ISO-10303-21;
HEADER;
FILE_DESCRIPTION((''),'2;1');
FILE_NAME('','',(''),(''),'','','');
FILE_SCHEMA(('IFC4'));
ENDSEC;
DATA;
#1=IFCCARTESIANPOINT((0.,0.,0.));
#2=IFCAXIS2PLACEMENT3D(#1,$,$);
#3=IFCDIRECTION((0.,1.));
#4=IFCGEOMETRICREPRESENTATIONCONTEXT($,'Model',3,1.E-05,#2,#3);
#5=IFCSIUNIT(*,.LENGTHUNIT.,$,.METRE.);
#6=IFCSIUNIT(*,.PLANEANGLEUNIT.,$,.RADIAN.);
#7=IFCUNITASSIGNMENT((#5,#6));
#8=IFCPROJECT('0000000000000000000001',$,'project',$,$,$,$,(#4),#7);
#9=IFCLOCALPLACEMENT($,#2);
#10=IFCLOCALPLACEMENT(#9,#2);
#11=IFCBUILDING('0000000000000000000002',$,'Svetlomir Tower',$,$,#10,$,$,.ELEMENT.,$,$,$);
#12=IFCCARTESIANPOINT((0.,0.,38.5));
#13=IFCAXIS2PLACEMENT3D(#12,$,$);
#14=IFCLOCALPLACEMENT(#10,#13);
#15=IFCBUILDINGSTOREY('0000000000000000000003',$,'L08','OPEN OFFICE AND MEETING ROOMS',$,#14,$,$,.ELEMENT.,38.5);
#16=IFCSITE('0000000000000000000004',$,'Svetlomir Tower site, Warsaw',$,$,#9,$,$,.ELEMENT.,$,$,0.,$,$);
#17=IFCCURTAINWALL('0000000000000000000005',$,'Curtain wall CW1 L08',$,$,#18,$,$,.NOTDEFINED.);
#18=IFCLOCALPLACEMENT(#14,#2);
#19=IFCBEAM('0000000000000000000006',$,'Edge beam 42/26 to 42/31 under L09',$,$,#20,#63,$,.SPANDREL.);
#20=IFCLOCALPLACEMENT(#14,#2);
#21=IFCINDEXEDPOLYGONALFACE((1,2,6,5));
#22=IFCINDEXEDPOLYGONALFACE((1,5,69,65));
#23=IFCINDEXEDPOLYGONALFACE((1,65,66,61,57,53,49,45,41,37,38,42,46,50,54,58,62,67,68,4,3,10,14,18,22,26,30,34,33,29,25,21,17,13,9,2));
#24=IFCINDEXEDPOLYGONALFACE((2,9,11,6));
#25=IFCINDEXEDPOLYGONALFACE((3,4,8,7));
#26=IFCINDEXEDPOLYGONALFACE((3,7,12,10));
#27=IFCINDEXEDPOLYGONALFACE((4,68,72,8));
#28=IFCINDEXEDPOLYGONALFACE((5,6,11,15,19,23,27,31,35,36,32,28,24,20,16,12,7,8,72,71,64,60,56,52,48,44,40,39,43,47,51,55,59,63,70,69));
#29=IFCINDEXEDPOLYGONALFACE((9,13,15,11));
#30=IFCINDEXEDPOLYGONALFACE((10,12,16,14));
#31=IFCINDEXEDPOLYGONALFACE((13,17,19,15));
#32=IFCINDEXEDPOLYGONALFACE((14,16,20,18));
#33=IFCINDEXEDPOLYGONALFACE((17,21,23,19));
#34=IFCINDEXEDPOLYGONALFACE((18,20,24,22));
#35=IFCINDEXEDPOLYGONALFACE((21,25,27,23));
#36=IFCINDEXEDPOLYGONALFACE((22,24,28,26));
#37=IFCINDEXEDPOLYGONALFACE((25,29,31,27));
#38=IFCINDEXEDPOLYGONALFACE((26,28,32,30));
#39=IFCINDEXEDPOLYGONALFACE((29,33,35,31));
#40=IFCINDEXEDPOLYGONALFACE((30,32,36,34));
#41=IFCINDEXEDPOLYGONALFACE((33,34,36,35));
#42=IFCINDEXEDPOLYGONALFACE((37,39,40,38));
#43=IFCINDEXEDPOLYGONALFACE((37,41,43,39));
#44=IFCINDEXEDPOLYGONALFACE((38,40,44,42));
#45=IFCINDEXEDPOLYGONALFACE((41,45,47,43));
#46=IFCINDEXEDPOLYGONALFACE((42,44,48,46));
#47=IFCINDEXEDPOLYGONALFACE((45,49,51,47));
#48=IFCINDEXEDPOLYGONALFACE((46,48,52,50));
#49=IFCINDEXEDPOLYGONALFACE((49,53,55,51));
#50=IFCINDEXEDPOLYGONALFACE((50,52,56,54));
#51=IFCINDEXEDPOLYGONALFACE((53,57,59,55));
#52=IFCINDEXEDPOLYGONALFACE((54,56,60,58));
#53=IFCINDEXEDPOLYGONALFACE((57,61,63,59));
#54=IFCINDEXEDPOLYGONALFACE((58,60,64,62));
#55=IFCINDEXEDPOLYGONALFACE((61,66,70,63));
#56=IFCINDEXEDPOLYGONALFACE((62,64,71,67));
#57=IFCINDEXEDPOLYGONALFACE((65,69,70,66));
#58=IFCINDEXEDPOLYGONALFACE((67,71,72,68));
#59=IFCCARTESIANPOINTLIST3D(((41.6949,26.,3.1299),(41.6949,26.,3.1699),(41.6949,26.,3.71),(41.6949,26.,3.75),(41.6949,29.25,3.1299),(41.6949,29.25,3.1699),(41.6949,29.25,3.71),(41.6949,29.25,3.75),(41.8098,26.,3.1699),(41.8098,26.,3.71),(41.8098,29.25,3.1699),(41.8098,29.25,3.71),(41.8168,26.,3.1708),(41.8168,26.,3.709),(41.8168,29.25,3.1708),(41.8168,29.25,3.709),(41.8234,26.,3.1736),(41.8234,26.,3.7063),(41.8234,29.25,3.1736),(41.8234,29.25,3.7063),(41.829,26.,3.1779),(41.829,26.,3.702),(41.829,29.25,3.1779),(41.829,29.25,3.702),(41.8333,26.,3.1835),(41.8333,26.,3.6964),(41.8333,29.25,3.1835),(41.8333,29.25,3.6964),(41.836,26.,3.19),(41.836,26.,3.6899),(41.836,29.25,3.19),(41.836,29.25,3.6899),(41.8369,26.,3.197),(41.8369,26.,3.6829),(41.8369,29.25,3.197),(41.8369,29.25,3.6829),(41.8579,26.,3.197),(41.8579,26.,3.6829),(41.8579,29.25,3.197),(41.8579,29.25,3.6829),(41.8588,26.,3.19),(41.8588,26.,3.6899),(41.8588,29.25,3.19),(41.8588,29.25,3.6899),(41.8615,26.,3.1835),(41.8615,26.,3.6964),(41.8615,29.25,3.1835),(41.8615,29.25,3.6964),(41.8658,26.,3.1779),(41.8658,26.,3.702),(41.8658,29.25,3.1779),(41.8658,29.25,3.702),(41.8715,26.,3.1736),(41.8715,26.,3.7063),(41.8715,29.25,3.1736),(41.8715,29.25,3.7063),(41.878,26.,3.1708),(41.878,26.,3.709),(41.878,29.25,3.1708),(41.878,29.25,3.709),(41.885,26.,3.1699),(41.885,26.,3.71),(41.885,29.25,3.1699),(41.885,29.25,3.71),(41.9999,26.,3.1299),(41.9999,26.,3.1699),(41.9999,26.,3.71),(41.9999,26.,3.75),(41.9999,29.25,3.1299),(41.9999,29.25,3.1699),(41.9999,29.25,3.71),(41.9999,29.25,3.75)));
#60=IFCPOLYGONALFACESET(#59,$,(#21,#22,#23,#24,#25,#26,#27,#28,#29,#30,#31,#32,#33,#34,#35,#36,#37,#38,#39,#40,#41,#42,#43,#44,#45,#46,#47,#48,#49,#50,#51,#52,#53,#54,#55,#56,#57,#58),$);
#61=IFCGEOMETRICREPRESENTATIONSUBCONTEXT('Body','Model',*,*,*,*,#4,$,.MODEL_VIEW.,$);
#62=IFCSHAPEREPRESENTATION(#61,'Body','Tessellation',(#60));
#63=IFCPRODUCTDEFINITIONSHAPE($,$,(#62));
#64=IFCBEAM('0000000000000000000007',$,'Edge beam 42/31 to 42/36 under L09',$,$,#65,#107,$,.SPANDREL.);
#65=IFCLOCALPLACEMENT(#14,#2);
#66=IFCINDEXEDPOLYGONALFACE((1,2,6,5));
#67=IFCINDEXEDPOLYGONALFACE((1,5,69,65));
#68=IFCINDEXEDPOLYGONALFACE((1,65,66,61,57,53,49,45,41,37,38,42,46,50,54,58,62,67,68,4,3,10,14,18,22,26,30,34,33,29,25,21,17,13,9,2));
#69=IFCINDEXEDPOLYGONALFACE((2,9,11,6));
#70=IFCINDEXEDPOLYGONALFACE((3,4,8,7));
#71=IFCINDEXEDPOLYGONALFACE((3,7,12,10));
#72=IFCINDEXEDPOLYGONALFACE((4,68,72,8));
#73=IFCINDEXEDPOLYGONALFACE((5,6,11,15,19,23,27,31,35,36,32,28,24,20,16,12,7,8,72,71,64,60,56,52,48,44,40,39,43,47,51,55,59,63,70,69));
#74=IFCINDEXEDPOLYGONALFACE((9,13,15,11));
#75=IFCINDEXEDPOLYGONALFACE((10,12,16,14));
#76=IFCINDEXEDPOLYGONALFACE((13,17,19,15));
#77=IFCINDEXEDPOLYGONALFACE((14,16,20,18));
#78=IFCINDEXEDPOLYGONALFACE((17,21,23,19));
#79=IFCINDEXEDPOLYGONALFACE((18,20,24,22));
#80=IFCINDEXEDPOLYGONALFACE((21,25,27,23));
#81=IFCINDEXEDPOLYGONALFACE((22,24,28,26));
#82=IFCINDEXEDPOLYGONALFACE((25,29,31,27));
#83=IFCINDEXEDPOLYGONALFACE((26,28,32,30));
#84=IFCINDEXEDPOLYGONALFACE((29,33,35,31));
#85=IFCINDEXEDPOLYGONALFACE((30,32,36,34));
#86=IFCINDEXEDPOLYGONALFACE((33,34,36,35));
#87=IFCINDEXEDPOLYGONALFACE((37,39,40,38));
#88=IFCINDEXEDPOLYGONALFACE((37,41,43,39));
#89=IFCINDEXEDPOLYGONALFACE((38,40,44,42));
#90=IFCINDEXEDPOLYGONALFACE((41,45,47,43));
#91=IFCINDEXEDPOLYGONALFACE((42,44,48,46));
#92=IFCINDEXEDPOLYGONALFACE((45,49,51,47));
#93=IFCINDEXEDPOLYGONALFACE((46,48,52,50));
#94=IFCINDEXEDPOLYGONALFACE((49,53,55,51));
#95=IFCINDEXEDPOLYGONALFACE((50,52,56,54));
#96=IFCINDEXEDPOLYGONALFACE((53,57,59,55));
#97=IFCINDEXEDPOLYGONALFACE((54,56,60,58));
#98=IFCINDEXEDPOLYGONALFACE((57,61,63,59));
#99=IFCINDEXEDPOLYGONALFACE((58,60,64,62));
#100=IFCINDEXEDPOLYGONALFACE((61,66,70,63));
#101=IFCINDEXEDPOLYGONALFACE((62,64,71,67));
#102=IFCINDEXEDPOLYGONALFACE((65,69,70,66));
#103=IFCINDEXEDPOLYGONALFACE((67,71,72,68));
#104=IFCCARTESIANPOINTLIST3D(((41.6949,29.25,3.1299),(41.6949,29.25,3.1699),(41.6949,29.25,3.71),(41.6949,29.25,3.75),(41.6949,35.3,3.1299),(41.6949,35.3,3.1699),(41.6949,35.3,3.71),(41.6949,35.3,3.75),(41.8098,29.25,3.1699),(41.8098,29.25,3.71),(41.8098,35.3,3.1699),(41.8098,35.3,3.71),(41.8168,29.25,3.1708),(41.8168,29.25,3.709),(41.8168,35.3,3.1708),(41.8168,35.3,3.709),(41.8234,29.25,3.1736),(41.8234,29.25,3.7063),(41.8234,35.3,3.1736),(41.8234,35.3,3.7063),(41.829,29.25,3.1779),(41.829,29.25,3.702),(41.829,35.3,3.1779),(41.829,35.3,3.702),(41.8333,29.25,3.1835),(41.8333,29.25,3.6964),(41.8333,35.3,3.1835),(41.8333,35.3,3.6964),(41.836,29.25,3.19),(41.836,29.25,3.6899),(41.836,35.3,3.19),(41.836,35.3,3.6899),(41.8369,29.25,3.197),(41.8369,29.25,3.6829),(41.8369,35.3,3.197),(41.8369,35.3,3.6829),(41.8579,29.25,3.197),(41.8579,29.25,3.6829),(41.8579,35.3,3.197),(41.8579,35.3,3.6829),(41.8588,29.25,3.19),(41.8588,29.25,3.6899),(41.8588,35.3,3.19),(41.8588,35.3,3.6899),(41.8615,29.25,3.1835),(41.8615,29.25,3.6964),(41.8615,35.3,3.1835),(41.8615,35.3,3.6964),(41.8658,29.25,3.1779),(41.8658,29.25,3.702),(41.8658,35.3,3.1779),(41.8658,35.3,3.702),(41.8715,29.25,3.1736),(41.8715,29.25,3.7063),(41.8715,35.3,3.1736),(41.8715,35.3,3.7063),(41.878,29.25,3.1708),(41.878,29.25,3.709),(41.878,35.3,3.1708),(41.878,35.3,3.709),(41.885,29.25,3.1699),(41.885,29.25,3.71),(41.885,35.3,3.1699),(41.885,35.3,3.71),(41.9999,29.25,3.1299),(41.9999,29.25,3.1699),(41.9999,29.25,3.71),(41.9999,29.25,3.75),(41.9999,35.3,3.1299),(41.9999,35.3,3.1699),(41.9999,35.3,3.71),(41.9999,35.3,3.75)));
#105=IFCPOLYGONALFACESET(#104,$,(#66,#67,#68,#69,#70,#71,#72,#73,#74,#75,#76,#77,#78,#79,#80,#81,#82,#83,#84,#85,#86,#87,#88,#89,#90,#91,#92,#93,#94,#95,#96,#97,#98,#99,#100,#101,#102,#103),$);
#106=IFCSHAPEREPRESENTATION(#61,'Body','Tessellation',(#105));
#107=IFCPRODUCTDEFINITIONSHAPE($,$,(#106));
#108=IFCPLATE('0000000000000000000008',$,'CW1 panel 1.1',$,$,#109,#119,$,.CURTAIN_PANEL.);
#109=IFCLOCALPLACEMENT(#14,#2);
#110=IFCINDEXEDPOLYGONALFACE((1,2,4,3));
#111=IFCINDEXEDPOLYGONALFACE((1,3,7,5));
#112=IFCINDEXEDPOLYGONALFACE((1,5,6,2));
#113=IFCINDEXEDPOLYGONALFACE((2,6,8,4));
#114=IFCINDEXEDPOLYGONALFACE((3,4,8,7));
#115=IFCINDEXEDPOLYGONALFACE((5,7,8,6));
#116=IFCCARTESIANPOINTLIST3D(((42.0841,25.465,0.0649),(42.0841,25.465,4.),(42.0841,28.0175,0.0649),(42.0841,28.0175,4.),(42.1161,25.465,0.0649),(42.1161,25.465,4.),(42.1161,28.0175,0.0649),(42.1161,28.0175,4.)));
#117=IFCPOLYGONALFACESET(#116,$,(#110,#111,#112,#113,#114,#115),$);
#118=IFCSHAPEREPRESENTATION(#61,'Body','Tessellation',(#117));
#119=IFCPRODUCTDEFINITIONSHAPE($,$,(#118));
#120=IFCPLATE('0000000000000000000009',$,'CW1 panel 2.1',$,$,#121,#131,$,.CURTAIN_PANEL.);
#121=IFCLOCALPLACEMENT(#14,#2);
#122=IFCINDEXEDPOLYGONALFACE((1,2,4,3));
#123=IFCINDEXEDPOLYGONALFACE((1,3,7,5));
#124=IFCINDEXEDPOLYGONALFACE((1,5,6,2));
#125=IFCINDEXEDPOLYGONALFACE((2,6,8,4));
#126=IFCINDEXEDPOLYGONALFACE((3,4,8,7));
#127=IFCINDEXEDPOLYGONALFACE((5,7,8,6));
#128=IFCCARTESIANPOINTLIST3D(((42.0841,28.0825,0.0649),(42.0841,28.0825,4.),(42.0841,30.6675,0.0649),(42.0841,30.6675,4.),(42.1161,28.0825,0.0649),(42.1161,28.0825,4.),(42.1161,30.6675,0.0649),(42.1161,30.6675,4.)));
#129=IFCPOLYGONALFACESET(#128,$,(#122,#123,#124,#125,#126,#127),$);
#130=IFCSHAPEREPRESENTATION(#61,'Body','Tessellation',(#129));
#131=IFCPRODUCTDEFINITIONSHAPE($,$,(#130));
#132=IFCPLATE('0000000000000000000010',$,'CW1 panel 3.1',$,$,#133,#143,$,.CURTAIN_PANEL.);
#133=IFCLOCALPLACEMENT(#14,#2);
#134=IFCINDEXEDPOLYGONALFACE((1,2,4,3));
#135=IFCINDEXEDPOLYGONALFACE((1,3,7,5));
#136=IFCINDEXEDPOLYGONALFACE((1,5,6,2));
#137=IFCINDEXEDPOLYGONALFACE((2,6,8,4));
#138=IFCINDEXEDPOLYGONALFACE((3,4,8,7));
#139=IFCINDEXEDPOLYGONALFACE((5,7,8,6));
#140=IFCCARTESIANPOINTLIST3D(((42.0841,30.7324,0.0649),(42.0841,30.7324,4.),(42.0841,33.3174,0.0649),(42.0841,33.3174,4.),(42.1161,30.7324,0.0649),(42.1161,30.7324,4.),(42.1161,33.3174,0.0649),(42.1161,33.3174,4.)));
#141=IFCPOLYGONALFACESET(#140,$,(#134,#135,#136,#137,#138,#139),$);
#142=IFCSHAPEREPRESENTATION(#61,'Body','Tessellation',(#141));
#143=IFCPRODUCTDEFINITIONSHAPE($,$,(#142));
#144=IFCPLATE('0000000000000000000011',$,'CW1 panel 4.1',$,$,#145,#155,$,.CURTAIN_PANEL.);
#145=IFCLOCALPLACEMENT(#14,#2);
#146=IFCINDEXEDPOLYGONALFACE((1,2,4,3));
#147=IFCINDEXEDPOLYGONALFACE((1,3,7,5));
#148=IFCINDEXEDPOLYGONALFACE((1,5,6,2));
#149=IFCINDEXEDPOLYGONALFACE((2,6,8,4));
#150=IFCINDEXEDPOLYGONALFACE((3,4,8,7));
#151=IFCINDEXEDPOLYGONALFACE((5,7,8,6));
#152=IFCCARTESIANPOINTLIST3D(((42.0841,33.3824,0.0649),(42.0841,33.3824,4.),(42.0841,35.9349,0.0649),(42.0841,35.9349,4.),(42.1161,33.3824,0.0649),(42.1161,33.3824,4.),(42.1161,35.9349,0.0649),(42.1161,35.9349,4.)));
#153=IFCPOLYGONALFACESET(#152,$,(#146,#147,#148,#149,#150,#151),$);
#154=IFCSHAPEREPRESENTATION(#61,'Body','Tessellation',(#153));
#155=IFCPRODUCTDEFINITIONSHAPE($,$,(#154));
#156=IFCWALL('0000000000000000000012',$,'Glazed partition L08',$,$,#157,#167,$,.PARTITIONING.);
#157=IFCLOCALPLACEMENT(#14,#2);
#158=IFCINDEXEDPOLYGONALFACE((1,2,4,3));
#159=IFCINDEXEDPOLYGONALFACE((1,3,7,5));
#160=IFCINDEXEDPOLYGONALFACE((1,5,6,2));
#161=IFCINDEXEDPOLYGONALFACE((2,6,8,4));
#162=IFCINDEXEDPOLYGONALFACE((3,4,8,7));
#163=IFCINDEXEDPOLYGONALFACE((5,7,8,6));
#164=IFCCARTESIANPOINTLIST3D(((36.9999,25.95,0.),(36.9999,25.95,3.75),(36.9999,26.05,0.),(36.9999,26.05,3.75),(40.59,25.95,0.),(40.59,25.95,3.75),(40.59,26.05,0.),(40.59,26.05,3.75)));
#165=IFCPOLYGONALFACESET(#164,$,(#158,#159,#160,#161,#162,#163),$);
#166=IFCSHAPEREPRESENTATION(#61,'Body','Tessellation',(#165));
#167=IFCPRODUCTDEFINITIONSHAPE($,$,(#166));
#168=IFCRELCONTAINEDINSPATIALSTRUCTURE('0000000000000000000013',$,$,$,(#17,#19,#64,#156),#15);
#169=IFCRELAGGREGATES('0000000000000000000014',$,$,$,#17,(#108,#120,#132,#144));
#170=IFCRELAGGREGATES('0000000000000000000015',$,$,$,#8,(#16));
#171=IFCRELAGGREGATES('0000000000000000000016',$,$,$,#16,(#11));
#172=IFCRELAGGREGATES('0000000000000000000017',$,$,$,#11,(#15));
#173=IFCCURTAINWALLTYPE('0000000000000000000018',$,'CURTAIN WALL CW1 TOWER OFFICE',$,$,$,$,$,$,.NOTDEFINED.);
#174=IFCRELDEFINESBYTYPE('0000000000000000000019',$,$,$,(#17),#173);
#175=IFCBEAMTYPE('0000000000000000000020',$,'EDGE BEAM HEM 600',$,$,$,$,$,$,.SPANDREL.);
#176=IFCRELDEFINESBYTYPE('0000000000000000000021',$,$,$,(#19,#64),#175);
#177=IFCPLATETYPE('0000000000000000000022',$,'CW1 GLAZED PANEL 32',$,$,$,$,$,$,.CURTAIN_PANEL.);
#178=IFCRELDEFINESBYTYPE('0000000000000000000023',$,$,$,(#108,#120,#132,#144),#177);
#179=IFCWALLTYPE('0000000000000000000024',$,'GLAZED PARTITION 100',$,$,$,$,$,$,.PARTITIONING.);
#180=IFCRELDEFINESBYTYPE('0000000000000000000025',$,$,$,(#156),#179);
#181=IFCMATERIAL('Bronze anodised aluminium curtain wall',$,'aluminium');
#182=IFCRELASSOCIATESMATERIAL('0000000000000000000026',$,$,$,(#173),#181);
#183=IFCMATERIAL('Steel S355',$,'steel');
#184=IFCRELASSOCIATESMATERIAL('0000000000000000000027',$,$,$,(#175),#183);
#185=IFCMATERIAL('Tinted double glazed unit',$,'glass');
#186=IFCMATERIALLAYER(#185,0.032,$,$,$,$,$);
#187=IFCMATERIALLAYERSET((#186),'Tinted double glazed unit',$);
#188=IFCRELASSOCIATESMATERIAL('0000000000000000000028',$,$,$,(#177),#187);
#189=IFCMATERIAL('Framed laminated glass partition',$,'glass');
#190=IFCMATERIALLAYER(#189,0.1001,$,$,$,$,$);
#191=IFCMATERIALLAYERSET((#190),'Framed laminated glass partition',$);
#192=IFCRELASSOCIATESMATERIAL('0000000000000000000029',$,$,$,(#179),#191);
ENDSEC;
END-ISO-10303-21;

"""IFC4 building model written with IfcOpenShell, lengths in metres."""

from ifc_helpers import new_model, si_unit, direction, frame, frame_2d, origin, origin_2d, place, context, subcontext, project, spatial, rectangle, i_section, extrude, material, layer, layer_set, material_profile, profile_set, type_object, element, aggregate, save


model = new_model("IFC4")

# Units and contexts
model_context = context("Model", 3, precision=1e-05, world=origin(), true_north=direction((0.0, 1.0)))
body_context = subcontext(model_context, "Body", "Model", "MODEL_VIEW")
ifc_project = project(units=[si_unit("LENGTHUNIT", "METRE"), si_unit("PLANEANGLEUNIT", "RADIAN")], contexts=[model_context])

# Site, building, storey
site_placement = place(None, origin())
site = spatial("IfcSite", under=ifc_project, at=site_placement, Name="Svetlomir Tower site, Warsaw", CompositionType="ELEMENT", RefElevation=0.0)
building_placement = place(site_placement, origin())
building = spatial("IfcBuilding", under=site, at=building_placement, Name="Svetlomir Tower", CompositionType="ELEMENT")
storey_placement = place(building_placement, frame((0.0, 0.0, 38.5)))
storey = spatial("IfcBuildingStorey", under=building, at=storey_placement, Name="L08", Description="OPEN OFFICE AND MEETING ROOMS", CompositionType="ELEMENT", Elevation=38.5)

# Shared definitions
ifc_material_1 = material(Name="Bronze anodised aluminium curtain wall", Category="aluminium")
curtain_wall_type = type_object("IfcCurtainWallType", Name="CURTAIN WALL CW1 TOWER OFFICE", PredefinedType="NOTDEFINED", material=ifc_material_1)

# Curtain wall
curtain_wall_1_placement = place(storey_placement, origin())
curtain_wall_1 = element("IfcCurtainWall", 1, at=curtain_wall_1_placement, inside=storey, type_object=curtain_wall_type, Name="Curtain wall CW1 L08", PredefinedType="NOTDEFINED")

# Beams
ifc_material_2 = material(Name="Steel S355", Category="steel")
ifc_material_profile_1 = material_profile(ifc_material_2, i_section(OverallWidth=0.3049, OverallDepth=0.6201, WebThickness=0.021, FlangeThickness=0.04, FilletRadius=0.0271, at=origin_2d()), Name="HEM 600")
ifc_profile_set_1 = profile_set([ifc_material_profile_1], Name="Steel S355")
beam_type_1 = type_object("IfcBeamType", Name="EDGE BEAM HEM 600", PredefinedType="SPANDREL", material=ifc_profile_set_1)
beam_1_placement = place(storey_placement, frame((41.8474, 26.0, 3.4399), z_axis=(0.0, 1.0, 0.0), x_axis=(-1.0, 0.0, 0.0)))
element("IfcBeam", 2, at=beam_1_placement, inside=storey, type_object=beam_type_1, Name="Edge beam 42/26 to 42/31 under L09", PredefinedType="SPANDREL", context=body_context, shape_type="SweptSolid", body=[
    extrude(i_section(OverallWidth=0.3049, OverallDepth=0.6201, WebThickness=0.021, FlangeThickness=0.04, FilletRadius=0.0271, at=origin_2d()), origin(), (0.0, 0.0, 1.0), 3.25),
])
beam_2_placement = place(storey_placement, frame((41.8474, 29.25, 3.4399), z_axis=(0.0, 1.0, 0.0), x_axis=(-1.0, 0.0, 0.0)))
element("IfcBeam", 3, at=beam_2_placement, inside=storey, type_object=beam_type_1, Name="Edge beam 42/31 to 42/36 under L09", PredefinedType="SPANDREL", context=body_context, shape_type="SweptSolid", body=[
    extrude(i_section(OverallWidth=0.3049, OverallDepth=0.6201, WebThickness=0.021, FlangeThickness=0.04, FilletRadius=0.0271, at=origin_2d()), origin(), (0.0, 0.0, 1.0), 6.05),
])

# Plates
ifc_material_3 = material(Name="Tinted double glazed unit", Category="glass")
ifc_layer_1 = layer(ifc_material_3, 0.032)
ifc_layer_set_1 = layer_set([ifc_layer_1], Name="Tinted double glazed unit")
plate_type = type_object("IfcPlateType", Name="CW1 GLAZED PANEL 32", PredefinedType="CURTAIN_PANEL", material=ifc_layer_set_1)
plate_1_placement = place(storey_placement, frame((42.1001, 26.7412, 0.0649), z_axis=(0.0, 0.0, 1.0), x_axis=(0.0, 1.0, 0.0)))
plate_1 = element("IfcPlate", 4, at=plate_1_placement, type_object=plate_type, Name="CW1 panel 1.1", PredefinedType="CURTAIN_PANEL", context=body_context, shape_type="SweptSolid", body=[
    extrude(rectangle(XDim=2.5525, YDim=0.032, at=origin_2d()), origin(), (0.0, 0.0, 1.0), 3.9351),
])
plate_2_placement = place(storey_placement, frame((42.1001, 29.375, 0.0649), z_axis=(0.0, 0.0, 1.0), x_axis=(0.0, 1.0, 0.0)))
plate_2 = element("IfcPlate", 5, at=plate_2_placement, type_object=plate_type, Name="CW1 panel 2.1", PredefinedType="CURTAIN_PANEL", context=body_context, shape_type="SweptSolid", body=[
    extrude(rectangle(XDim=2.585, YDim=0.032, at=origin_2d()), origin(), (0.0, 0.0, 1.0), 3.9351),
])
plate_3_placement = place(storey_placement, frame((42.1001, 32.0249, 0.0649), z_axis=(0.0, 0.0, 1.0), x_axis=(0.0, 1.0, 0.0)))
plate_3 = element("IfcPlate", 6, at=plate_3_placement, type_object=plate_type, Name="CW1 panel 3.1", PredefinedType="CURTAIN_PANEL", context=body_context, shape_type="SweptSolid", body=[
    extrude(rectangle(XDim=2.585, YDim=0.032, at=origin_2d()), origin(), (0.0, 0.0, 1.0), 3.9351),
])
plate_4_placement = place(storey_placement, frame((42.1001, 34.6587, 0.0649), z_axis=(0.0, 0.0, 1.0), x_axis=(0.0, 1.0, 0.0)))
plate_4 = element("IfcPlate", 7, at=plate_4_placement, type_object=plate_type, Name="CW1 panel 4.1", PredefinedType="CURTAIN_PANEL", context=body_context, shape_type="SweptSolid", body=[
    extrude(rectangle(XDim=2.5525, YDim=0.032, at=origin_2d()), origin(), (0.0, 0.0, 1.0), 3.9351),
])
aggregate(curtain_wall_1, [plate_1, plate_2, plate_3, plate_4])

# Wall
ifc_material_4 = material(Name="Framed laminated glass partition", Category="glass")
ifc_layer_2 = layer(ifc_material_4, 0.1001)
ifc_layer_set_2 = layer_set([ifc_layer_2], Name="Framed laminated glass partition")
wall_type_1 = type_object("IfcWallType", Name="GLAZED PARTITION 100", PredefinedType="PARTITIONING", material=ifc_layer_set_2)
wall_1_placement = place(storey_placement, frame((37.0, 26.0, 0.0), z_axis=(0.0, 0.0, 1.0), x_axis=(1.0, 0.0, 0.0)))
element("IfcWall", 8, at=wall_1_placement, inside=storey, type_object=wall_type_1, Name="Glazed partition L08", PredefinedType="PARTITIONING", context=body_context, shape_type="SweptSolid", body=[
    extrude(rectangle(XDim=3.5901, YDim=0.1001, at=frame_2d((1.7949, 0.0))), origin(), (0.0, 0.0, 1.0), 3.75),
])

save(model, "model.ifc")
